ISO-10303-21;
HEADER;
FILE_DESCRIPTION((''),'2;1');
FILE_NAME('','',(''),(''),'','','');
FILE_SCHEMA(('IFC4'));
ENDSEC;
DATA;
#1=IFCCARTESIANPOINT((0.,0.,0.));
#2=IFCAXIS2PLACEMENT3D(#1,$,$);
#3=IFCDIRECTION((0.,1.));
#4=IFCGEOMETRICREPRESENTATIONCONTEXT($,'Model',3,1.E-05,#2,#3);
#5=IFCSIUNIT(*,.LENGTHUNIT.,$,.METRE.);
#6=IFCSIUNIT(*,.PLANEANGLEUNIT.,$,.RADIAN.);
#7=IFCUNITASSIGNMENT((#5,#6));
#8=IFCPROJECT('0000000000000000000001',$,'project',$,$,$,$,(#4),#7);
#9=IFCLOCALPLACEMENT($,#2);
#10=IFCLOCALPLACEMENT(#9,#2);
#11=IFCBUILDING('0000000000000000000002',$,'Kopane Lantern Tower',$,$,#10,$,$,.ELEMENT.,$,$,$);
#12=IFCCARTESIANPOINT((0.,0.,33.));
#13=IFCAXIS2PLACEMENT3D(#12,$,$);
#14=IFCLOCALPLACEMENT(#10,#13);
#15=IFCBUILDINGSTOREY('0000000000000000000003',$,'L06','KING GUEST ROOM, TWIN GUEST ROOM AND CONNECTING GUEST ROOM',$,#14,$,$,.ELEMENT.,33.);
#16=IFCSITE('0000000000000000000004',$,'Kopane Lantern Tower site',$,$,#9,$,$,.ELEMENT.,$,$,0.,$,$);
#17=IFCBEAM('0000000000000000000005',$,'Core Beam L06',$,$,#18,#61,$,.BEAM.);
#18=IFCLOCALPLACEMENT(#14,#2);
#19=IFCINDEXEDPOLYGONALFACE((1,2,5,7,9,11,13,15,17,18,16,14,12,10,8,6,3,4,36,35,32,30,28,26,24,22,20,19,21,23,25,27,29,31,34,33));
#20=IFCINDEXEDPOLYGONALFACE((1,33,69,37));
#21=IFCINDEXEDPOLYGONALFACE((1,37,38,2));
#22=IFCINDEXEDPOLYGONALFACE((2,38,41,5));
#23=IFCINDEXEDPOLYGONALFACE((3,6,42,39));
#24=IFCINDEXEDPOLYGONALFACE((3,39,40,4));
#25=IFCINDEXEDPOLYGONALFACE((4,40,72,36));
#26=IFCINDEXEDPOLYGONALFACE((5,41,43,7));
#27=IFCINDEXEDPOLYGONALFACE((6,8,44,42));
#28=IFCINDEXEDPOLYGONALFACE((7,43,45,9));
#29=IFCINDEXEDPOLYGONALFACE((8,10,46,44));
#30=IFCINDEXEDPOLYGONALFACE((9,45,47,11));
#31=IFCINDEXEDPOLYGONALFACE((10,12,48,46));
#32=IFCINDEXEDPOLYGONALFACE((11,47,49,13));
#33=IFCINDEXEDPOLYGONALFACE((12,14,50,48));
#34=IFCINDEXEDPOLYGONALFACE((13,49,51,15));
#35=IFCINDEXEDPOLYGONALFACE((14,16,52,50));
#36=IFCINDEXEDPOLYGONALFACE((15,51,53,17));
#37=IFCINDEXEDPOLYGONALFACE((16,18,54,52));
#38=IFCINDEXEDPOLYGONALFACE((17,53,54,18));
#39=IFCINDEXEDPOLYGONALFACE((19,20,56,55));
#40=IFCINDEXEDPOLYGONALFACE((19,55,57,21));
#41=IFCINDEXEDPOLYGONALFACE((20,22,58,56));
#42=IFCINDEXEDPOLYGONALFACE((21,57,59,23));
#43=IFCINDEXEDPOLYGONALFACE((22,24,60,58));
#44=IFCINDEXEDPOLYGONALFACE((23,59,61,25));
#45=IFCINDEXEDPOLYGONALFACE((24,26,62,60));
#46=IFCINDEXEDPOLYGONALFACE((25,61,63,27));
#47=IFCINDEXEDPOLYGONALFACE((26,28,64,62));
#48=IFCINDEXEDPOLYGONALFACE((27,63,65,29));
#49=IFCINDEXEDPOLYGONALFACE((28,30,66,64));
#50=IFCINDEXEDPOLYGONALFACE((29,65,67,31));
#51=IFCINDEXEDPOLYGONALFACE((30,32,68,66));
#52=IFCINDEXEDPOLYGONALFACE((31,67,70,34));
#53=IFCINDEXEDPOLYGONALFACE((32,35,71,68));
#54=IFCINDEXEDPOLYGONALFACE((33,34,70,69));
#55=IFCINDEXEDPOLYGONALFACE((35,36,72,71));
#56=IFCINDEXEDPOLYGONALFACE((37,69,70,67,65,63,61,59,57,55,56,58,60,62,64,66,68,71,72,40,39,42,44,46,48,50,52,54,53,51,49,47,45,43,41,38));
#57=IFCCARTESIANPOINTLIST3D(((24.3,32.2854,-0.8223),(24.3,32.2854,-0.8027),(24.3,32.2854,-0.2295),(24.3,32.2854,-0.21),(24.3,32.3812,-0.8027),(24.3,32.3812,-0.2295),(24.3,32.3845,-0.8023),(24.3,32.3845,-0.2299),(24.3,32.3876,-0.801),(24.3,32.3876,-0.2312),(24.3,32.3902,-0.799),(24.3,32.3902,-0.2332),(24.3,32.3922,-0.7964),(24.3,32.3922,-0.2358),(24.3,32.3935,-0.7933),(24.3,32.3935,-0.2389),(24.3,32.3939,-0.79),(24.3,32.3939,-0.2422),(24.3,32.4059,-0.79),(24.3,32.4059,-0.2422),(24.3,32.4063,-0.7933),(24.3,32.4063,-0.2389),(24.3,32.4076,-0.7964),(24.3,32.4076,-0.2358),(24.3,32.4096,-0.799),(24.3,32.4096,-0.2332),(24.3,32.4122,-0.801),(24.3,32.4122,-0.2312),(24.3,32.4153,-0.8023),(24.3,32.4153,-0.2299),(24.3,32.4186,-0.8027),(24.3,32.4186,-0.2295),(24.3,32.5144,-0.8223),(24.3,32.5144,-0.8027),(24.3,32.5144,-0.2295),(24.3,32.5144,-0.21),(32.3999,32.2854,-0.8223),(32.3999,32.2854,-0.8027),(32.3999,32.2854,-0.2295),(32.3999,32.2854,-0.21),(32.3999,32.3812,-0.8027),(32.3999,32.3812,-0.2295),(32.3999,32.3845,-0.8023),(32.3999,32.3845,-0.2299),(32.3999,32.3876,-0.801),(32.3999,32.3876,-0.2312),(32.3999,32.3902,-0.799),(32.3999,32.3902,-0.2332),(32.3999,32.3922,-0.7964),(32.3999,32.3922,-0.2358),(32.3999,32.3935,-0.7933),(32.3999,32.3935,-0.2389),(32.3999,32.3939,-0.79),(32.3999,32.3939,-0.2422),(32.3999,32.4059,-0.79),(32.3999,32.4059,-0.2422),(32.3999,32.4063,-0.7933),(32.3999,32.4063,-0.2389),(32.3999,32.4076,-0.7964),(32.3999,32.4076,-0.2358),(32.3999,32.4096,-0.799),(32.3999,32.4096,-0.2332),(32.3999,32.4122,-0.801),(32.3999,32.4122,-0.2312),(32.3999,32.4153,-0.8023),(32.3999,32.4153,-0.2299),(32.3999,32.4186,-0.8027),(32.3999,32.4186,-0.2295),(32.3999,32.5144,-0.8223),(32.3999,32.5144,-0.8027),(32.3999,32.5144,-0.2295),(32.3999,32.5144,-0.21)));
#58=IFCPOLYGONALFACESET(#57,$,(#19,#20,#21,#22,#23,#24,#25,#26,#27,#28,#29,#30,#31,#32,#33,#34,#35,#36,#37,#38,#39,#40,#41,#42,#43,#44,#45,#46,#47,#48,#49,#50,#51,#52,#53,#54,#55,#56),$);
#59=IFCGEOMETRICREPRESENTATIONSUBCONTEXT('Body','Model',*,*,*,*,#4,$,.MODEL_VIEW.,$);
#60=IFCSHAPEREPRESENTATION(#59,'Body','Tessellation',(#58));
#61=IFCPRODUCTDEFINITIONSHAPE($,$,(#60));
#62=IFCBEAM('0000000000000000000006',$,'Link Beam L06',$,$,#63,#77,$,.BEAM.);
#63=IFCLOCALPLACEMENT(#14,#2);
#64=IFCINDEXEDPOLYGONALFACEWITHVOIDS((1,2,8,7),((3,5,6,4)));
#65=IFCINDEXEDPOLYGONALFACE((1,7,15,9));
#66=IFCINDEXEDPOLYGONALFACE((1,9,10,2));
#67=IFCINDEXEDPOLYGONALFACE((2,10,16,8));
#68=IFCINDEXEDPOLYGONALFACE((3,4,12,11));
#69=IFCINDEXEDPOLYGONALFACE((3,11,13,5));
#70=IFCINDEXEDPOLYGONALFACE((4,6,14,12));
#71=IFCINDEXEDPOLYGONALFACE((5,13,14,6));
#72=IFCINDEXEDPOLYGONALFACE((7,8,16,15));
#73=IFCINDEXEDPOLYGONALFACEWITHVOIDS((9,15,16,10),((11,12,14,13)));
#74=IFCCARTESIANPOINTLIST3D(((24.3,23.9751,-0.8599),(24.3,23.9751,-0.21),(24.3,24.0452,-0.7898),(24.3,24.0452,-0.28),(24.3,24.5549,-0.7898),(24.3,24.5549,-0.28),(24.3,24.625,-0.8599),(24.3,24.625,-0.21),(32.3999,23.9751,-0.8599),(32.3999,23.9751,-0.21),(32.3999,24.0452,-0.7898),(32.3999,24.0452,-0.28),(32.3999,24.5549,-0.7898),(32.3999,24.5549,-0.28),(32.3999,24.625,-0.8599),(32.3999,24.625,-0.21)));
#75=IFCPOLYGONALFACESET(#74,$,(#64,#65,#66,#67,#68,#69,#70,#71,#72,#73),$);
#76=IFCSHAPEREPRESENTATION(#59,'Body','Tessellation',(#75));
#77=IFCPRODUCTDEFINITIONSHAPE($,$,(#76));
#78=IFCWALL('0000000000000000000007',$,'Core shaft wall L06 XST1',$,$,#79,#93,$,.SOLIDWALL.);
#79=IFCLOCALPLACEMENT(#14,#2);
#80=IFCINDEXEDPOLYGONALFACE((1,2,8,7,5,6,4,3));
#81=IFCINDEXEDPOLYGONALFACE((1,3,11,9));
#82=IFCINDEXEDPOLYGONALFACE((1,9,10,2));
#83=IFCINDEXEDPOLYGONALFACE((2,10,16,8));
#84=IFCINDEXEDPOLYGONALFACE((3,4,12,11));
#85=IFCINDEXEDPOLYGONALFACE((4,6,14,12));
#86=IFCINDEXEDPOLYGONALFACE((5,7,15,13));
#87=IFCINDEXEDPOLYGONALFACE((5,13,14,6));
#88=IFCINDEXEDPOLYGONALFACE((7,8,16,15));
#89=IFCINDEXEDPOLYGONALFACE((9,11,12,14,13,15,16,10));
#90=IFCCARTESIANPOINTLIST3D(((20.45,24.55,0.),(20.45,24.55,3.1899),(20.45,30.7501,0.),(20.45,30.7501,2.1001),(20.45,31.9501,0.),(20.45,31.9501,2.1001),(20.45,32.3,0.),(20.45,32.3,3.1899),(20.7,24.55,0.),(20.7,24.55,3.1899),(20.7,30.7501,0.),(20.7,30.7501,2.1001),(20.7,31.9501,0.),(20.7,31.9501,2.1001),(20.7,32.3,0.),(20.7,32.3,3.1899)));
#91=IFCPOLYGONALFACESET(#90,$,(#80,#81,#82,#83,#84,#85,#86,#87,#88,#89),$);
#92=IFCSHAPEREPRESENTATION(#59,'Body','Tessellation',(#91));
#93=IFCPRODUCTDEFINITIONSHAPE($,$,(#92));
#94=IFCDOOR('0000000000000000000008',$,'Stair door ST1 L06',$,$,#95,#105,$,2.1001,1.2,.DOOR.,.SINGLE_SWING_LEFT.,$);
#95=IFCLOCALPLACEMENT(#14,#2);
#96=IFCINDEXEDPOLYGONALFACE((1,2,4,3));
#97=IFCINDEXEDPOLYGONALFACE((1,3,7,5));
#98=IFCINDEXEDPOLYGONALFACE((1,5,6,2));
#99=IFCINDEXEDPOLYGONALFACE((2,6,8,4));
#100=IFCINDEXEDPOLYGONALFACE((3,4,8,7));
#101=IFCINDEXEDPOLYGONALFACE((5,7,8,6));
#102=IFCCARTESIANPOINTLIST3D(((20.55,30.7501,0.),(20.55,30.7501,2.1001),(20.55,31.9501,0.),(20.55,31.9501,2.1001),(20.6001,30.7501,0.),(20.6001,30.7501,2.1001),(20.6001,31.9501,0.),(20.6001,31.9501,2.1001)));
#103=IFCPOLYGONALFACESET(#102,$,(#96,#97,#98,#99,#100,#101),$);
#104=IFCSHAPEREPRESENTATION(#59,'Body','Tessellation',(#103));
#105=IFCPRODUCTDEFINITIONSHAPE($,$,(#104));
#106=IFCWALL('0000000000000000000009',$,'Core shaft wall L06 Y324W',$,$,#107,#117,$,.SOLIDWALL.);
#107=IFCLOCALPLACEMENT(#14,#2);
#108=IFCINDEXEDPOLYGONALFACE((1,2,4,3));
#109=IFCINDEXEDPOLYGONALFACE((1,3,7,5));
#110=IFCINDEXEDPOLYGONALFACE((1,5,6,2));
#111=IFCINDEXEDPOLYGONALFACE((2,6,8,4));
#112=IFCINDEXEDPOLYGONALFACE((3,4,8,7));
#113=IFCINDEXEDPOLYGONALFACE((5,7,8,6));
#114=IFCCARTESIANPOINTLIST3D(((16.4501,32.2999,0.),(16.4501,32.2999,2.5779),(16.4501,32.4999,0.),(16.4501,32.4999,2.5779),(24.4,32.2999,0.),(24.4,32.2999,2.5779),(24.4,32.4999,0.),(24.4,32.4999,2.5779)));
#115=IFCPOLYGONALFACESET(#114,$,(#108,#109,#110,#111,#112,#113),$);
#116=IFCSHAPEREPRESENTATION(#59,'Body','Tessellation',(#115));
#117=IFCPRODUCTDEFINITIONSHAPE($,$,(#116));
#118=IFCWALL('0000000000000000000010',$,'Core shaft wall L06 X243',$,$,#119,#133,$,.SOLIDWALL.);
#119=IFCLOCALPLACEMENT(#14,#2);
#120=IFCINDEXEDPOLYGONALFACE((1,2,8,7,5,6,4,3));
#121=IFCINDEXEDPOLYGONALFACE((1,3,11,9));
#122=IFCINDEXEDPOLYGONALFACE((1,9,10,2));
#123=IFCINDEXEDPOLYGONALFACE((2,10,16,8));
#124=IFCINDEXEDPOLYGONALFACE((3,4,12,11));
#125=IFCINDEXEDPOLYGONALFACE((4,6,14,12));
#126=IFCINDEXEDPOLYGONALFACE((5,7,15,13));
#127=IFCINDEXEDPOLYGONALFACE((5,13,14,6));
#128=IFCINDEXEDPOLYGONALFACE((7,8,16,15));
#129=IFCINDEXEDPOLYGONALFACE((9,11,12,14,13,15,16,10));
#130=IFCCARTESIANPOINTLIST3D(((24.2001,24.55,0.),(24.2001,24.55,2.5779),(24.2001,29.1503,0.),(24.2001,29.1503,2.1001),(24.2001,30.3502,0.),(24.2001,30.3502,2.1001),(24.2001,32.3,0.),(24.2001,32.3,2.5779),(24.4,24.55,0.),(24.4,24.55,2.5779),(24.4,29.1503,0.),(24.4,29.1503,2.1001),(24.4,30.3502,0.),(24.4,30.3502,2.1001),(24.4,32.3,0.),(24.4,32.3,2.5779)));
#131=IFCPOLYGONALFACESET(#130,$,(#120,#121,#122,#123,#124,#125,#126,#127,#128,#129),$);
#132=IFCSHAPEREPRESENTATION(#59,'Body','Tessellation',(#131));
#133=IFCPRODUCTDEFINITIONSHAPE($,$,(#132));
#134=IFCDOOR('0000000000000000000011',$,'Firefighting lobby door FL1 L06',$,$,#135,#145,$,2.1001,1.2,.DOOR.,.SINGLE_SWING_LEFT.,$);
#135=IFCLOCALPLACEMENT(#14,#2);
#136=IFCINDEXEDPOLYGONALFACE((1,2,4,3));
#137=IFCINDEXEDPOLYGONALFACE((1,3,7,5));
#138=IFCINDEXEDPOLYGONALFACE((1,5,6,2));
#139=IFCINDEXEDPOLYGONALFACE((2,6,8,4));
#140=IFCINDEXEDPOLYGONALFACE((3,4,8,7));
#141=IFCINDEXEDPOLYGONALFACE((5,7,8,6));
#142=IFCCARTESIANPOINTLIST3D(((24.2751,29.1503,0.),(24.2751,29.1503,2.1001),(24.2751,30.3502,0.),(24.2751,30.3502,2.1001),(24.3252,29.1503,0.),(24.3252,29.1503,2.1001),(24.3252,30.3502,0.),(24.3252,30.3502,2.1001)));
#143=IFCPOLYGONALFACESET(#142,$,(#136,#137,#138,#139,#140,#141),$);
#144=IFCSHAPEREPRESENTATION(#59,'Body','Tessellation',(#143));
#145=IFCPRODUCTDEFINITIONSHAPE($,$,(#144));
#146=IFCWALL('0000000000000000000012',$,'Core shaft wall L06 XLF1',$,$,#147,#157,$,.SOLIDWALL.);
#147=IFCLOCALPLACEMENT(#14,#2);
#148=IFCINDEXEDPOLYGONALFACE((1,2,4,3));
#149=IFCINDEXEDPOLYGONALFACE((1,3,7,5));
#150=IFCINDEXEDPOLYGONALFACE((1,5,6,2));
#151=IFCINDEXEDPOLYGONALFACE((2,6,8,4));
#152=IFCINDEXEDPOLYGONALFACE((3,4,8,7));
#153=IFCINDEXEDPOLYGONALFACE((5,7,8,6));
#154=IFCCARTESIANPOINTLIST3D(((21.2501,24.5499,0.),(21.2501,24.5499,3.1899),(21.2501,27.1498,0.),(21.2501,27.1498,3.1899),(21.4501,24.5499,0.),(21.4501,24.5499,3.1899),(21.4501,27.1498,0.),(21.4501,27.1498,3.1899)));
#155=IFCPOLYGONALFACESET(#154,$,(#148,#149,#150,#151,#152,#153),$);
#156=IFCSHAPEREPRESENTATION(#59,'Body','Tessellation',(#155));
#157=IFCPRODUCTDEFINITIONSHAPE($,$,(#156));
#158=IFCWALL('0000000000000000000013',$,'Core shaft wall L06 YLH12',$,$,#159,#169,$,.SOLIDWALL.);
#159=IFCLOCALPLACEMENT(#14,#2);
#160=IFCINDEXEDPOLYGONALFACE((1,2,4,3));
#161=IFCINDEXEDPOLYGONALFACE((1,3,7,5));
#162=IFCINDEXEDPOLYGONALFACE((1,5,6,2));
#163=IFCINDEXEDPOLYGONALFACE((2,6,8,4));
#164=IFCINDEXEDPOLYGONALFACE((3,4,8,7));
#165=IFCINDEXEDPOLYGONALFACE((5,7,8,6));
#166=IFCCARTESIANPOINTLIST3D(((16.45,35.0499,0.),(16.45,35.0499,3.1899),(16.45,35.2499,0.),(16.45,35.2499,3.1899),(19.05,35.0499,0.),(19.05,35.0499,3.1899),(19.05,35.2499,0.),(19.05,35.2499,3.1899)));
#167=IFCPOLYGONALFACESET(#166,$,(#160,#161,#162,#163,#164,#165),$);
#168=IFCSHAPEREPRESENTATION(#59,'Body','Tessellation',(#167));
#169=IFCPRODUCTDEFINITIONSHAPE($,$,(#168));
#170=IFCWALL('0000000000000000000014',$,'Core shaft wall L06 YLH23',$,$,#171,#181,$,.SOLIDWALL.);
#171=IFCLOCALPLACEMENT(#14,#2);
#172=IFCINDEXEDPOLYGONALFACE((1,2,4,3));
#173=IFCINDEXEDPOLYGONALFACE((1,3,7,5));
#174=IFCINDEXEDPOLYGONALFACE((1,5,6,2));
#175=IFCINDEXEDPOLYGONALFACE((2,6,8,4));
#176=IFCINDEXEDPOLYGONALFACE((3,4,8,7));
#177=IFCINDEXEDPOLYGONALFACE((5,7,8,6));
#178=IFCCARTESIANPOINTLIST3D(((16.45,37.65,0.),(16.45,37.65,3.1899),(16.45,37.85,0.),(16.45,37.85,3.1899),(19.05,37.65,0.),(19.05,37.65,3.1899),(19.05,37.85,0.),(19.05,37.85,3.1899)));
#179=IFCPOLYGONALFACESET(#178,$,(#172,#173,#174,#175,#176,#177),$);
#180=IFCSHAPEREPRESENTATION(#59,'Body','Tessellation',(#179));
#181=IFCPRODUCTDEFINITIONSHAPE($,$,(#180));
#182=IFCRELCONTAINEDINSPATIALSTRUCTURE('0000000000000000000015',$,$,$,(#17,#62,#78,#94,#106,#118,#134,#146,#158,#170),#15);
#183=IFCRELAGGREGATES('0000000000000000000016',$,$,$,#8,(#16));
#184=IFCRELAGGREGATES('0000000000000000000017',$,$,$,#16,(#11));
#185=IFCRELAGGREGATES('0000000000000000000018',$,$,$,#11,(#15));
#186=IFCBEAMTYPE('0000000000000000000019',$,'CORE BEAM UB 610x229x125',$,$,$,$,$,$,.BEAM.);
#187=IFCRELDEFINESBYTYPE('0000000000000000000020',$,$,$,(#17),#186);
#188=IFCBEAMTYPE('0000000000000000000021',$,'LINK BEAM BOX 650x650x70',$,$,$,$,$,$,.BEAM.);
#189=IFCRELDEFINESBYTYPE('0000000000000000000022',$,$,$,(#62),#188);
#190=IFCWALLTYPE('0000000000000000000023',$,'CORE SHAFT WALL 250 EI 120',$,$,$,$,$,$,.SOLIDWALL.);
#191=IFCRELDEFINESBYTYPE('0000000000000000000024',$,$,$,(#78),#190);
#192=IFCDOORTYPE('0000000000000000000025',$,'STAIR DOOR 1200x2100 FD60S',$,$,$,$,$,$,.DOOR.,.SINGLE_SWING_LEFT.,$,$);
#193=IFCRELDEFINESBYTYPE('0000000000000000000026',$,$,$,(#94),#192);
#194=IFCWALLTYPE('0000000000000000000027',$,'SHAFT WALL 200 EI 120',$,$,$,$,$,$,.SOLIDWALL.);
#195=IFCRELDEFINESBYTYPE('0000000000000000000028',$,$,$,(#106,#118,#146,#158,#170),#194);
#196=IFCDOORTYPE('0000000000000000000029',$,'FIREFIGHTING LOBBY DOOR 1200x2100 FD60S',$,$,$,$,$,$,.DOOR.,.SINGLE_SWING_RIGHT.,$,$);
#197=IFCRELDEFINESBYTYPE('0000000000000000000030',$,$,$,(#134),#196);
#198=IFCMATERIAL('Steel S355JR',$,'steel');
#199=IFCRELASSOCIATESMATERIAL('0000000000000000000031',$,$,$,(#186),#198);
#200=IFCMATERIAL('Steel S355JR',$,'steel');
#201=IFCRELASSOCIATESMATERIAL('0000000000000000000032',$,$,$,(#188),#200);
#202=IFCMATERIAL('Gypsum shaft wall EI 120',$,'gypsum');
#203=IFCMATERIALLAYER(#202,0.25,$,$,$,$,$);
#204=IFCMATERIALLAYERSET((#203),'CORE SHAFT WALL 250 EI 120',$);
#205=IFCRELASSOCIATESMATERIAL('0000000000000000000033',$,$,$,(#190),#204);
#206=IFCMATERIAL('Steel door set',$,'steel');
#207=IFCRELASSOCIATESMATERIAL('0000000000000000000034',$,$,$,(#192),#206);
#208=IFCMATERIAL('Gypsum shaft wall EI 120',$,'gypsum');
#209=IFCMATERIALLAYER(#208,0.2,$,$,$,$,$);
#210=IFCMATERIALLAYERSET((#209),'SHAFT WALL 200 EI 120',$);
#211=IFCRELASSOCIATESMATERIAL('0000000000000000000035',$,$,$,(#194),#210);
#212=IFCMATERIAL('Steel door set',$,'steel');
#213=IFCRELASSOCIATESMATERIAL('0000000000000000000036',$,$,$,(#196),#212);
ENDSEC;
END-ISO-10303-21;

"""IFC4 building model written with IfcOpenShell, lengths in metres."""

from ifc_helpers import new_model, si_unit, direction, frame, frame_2d, origin, origin_2d, place, context, subcontext, project, spatial, rectangle, hollow_rectangle, i_section, extrude, material, layer, layer_set, material_profile, profile_set, type_object, element, fill, save


model = new_model("IFC4")

# Units and contexts
model_context = context("Model", 3, precision=1e-05, world=origin(), true_north=direction((0.0, 1.0)))
body_context = subcontext(model_context, "Body", "Model", "MODEL_VIEW")
ifc_project = project(units=[si_unit("LENGTHUNIT", "METRE"), si_unit("PLANEANGLEUNIT", "RADIAN")], contexts=[model_context])

# Site, building, storey
site_placement = place(None, origin())
site = spatial("IfcSite", under=ifc_project, at=site_placement, Name="Kopane Lantern Tower site", CompositionType="ELEMENT", RefElevation=0.0)
building_placement = place(site_placement, origin())
building = spatial("IfcBuilding", under=site, at=building_placement, Name="Kopane Lantern Tower", CompositionType="ELEMENT")
storey_placement = place(building_placement, frame((0.0, 0.0, 33.0)))
storey = spatial("IfcBuildingStorey", under=building, at=storey_placement, Name="L06", Description="KING GUEST ROOM, TWIN GUEST ROOM AND CONNECTING GUEST ROOM", CompositionType="ELEMENT", Elevation=33.0)

# Beams
ifc_material_1 = material(Name="Steel S355JR", Category="steel")
ifc_material_profile_1 = material_profile(ifc_material_1, i_section(OverallWidth=0.229, OverallDepth=0.6123, WebThickness=0.012, FlangeThickness=0.0195, FilletRadius=0.0127, at=origin_2d()), Name="UB 610x229x125")
ifc_profile_set_1 = profile_set([ifc_material_profile_1], Name="Steel S355JR")
beam_type_1 = type_object("IfcBeamType", Name="CORE BEAM UB 610x229x125", PredefinedType="BEAM", material=ifc_profile_set_1)
beam_1_placement = place(storey_placement, frame((24.3, 32.3999, -0.5161), z_axis=(1.0, 0.0, 0.0), x_axis=(0.0, 1.0, 0.0)))
element("IfcBeam", 1, at=beam_1_placement, inside=storey, type_object=beam_type_1, Name="Core Beam L06", PredefinedType="BEAM", context=body_context, shape_type="SweptSolid", body=[
    extrude(i_section(OverallWidth=0.229, OverallDepth=0.6123, WebThickness=0.012, FlangeThickness=0.0195, FilletRadius=0.0127, at=origin_2d()), origin(), (0.0, 0.0, 1.0), 8.0999),
])
ifc_material_2 = material(Name="Steel S355JR", Category="steel")
ifc_material_profile_2 = material_profile(ifc_material_2, hollow_rectangle(XDim=0.6499, YDim=0.6499, WallThickness=0.0701, at=origin_2d()), Name="BOX 650x650x70")
ifc_profile_set_2 = profile_set([ifc_material_profile_2], Name="Steel S355JR")
beam_type_2 = type_object("IfcBeamType", Name="LINK BEAM BOX 650x650x70", PredefinedType="BEAM", material=ifc_profile_set_2)
beam_2_placement = place(storey_placement, frame((24.3, 24.3, -0.5349), z_axis=(1.0, 0.0, 0.0), x_axis=(0.0, 1.0, 0.0)))
element("IfcBeam", 2, at=beam_2_placement, inside=storey, type_object=beam_type_2, Name="Link Beam L06", PredefinedType="BEAM", context=body_context, shape_type="SweptSolid", body=[
    extrude(hollow_rectangle(XDim=0.6499, YDim=0.6499, WallThickness=0.0701, at=origin_2d()), origin(), (0.0, 0.0, 1.0), 8.0999),
])

# Wall, opening, door
ifc_material_3 = material(Name="Gypsum shaft wall EI 120", Category="gypsum")
ifc_layer_1 = layer(ifc_material_3, 0.25)
ifc_layer_set_1 = layer_set([ifc_layer_1], Name="CORE SHAFT WALL 250 EI 120")
wall_type_1 = type_object("IfcWallType", Name="CORE SHAFT WALL 250 EI 120", PredefinedType="SOLIDWALL", material=ifc_layer_set_1)
wall_1_placement = place(storey_placement, frame((20.575, 24.55, 0.0), z_axis=(0.0, 0.0, 1.0), x_axis=(0.0, 1.0, 0.0)))
wall_1 = element("IfcWall", 3, at=wall_1_placement, inside=storey, type_object=wall_type_1, Name="Core shaft wall L06 XST1", PredefinedType="SOLIDWALL", context=body_context, shape_type="SweptSolid", body=[
    extrude(rectangle(XDim=7.75, YDim=0.25, at=frame_2d((3.875, 0.0))), origin(), (0.0, 0.0, 1.0), 3.1899),
])
opening_1_placement = place(wall_1_placement, frame((6.2, 0.0, 0.0)))
opening_1 = element("IfcOpeningElement", 4, at=opening_1_placement, cuts=wall_1, PredefinedType="OPENING", context=body_context, shape_type="SweptSolid", body=[
    extrude(rectangle(XDim=1.2, YDim=2.1001, at=frame_2d((0.6001, 1.05))), frame((0.0, 0.135, 0.0), z_axis=(0.0, -1.0, 0.0), x_axis=(1.0, 0.0, 0.0)), (0.0, 0.0, 1.0), 0.27),
])
ifc_material_4 = material(Name="Steel door set", Category="steel")
door_type_1 = type_object("IfcDoorType", Name="STAIR DOOR 1200x2100 FD60S", OperationType="SINGLE_SWING_LEFT", PredefinedType="DOOR", material=ifc_material_4)
door_1_placement = place(opening_1_placement, origin())
door_1 = element("IfcDoor", 5, at=door_1_placement, inside=storey, type_object=door_type_1, Name="Stair door ST1 L06", OperationType="SINGLE_SWING_LEFT", OverallHeight=2.1001, OverallWidth=1.2, PredefinedType="DOOR", context=body_context, shape_type="SweptSolid", body=[
    extrude(rectangle(XDim=1.2, YDim=2.1001, at=frame_2d((0.6001, 1.05))), frame((0.0, 0.0249, 0.0), z_axis=(0.0, -1.0, 0.0), x_axis=(1.0, 0.0, 0.0)), (0.0, 0.0, 1.0), 0.05),
])
fill(opening_1, door_1)

# Wall
ifc_material_5 = material(Name="Gypsum shaft wall EI 120", Category="gypsum")
ifc_layer_2 = layer(ifc_material_5, 0.2)
ifc_layer_set_2 = layer_set([ifc_layer_2], Name="SHAFT WALL 200 EI 120")
wall_type_2 = type_object("IfcWallType", Name="SHAFT WALL 200 EI 120", PredefinedType="SOLIDWALL", material=ifc_layer_set_2)
wall_2_placement = place(storey_placement, frame((16.45, 32.3999, 0.0), z_axis=(0.0, 0.0, 1.0), x_axis=(1.0, 0.0, 0.0)))
element("IfcWall", 6, at=wall_2_placement, inside=storey, type_object=wall_type_2, Name="Core shaft wall L06 Y324W", PredefinedType="SOLIDWALL", context=body_context, shape_type="SweptSolid", body=[
    extrude(rectangle(XDim=7.95, YDim=0.2, at=frame_2d((3.9751, 0.0))), origin(), (0.0, 0.0, 1.0), 2.5779),
])

# Wall, opening, door
wall_3_placement = place(storey_placement, frame((24.3, 24.55, 0.0), z_axis=(0.0, 0.0, 1.0), x_axis=(0.0, 1.0, 0.0)))
wall_3 = element("IfcWall", 7, at=wall_3_placement, inside=storey, type_object=wall_type_2, Name="Core shaft wall L06 X243", PredefinedType="SOLIDWALL", context=body_context, shape_type="SweptSolid", body=[
    extrude(rectangle(XDim=7.75, YDim=0.2, at=frame_2d((3.875, 0.0))), origin(), (0.0, 0.0, 1.0), 2.5779),
])
opening_2_placement = place(wall_3_placement, frame((4.6001, 0.0, 0.0)))
opening_2 = element("IfcOpeningElement", 8, at=opening_2_placement, cuts=wall_3, PredefinedType="OPENING", context=body_context, shape_type="SweptSolid", body=[
    extrude(rectangle(XDim=1.2, YDim=2.1001, at=frame_2d((0.6001, 1.05))), frame((0.0, 0.1099, 0.0), z_axis=(0.0, -1.0, 0.0), x_axis=(1.0, 0.0, 0.0)), (0.0, 0.0, 1.0), 0.22),
])
ifc_material_6 = material(Name="Steel door set", Category="steel")
door_type_2 = type_object("IfcDoorType", Name="FIREFIGHTING LOBBY DOOR 1200x2100 FD60S", OperationType="SINGLE_SWING_RIGHT", PredefinedType="DOOR", material=ifc_material_6)
door_2_placement = place(opening_2_placement, origin())
door_2 = element("IfcDoor", 9, at=door_2_placement, inside=storey, type_object=door_type_2, Name="Firefighting lobby door FL1 L06", OperationType="SINGLE_SWING_LEFT", OverallHeight=2.1001, OverallWidth=1.2, PredefinedType="DOOR", context=body_context, shape_type="SweptSolid", body=[
    extrude(rectangle(XDim=1.2, YDim=2.1001, at=frame_2d((0.6001, 1.05))), frame((0.0, 0.0249, 0.0), z_axis=(0.0, -1.0, 0.0), x_axis=(1.0, 0.0, 0.0)), (0.0, 0.0, 1.0), 0.05),
])
fill(opening_2, door_2)

# Walls
wall_4_placement = place(storey_placement, frame((21.3501, 24.55, 0.0), z_axis=(0.0, 0.0, 1.0), x_axis=(0.0, 1.0, 0.0)))
element("IfcWall", 10, at=wall_4_placement, inside=storey, type_object=wall_type_2, Name="Core shaft wall L06 XLF1", PredefinedType="SOLIDWALL", context=body_context, shape_type="SweptSolid", body=[
    extrude(rectangle(XDim=2.5999, YDim=0.2, at=frame_2d((1.2998, 0.0))), origin(), (0.0, 0.0, 1.0), 3.1899),
])
for number, where, z_axis, x_axis, name in (
    (11, (16.45, 35.1499, 0.0), (0.0, 0.0, 1.0), (1.0, 0.0, 0.0), "Core shaft wall L06 YLH12"),
    (12, (16.45, 37.75, 0.0), (0.0, 0.0, 1.0), (1.0, 0.0, 0.0), "Core shaft wall L06 YLH23"),
):
    element("IfcWall", number, at=place(storey_placement, frame(where, z_axis=z_axis, x_axis=x_axis)), inside=storey, type_object=wall_type_2, Name=name, PredefinedType="SOLIDWALL", context=body_context, shape_type="SweptSolid", body=[
        extrude(rectangle(XDim=2.6001, YDim=0.2, at=frame_2d((1.3, 0.0))), origin(), (0.0, 0.0, 1.0), 3.1899),
    ])

save(model, "model.ifc")
